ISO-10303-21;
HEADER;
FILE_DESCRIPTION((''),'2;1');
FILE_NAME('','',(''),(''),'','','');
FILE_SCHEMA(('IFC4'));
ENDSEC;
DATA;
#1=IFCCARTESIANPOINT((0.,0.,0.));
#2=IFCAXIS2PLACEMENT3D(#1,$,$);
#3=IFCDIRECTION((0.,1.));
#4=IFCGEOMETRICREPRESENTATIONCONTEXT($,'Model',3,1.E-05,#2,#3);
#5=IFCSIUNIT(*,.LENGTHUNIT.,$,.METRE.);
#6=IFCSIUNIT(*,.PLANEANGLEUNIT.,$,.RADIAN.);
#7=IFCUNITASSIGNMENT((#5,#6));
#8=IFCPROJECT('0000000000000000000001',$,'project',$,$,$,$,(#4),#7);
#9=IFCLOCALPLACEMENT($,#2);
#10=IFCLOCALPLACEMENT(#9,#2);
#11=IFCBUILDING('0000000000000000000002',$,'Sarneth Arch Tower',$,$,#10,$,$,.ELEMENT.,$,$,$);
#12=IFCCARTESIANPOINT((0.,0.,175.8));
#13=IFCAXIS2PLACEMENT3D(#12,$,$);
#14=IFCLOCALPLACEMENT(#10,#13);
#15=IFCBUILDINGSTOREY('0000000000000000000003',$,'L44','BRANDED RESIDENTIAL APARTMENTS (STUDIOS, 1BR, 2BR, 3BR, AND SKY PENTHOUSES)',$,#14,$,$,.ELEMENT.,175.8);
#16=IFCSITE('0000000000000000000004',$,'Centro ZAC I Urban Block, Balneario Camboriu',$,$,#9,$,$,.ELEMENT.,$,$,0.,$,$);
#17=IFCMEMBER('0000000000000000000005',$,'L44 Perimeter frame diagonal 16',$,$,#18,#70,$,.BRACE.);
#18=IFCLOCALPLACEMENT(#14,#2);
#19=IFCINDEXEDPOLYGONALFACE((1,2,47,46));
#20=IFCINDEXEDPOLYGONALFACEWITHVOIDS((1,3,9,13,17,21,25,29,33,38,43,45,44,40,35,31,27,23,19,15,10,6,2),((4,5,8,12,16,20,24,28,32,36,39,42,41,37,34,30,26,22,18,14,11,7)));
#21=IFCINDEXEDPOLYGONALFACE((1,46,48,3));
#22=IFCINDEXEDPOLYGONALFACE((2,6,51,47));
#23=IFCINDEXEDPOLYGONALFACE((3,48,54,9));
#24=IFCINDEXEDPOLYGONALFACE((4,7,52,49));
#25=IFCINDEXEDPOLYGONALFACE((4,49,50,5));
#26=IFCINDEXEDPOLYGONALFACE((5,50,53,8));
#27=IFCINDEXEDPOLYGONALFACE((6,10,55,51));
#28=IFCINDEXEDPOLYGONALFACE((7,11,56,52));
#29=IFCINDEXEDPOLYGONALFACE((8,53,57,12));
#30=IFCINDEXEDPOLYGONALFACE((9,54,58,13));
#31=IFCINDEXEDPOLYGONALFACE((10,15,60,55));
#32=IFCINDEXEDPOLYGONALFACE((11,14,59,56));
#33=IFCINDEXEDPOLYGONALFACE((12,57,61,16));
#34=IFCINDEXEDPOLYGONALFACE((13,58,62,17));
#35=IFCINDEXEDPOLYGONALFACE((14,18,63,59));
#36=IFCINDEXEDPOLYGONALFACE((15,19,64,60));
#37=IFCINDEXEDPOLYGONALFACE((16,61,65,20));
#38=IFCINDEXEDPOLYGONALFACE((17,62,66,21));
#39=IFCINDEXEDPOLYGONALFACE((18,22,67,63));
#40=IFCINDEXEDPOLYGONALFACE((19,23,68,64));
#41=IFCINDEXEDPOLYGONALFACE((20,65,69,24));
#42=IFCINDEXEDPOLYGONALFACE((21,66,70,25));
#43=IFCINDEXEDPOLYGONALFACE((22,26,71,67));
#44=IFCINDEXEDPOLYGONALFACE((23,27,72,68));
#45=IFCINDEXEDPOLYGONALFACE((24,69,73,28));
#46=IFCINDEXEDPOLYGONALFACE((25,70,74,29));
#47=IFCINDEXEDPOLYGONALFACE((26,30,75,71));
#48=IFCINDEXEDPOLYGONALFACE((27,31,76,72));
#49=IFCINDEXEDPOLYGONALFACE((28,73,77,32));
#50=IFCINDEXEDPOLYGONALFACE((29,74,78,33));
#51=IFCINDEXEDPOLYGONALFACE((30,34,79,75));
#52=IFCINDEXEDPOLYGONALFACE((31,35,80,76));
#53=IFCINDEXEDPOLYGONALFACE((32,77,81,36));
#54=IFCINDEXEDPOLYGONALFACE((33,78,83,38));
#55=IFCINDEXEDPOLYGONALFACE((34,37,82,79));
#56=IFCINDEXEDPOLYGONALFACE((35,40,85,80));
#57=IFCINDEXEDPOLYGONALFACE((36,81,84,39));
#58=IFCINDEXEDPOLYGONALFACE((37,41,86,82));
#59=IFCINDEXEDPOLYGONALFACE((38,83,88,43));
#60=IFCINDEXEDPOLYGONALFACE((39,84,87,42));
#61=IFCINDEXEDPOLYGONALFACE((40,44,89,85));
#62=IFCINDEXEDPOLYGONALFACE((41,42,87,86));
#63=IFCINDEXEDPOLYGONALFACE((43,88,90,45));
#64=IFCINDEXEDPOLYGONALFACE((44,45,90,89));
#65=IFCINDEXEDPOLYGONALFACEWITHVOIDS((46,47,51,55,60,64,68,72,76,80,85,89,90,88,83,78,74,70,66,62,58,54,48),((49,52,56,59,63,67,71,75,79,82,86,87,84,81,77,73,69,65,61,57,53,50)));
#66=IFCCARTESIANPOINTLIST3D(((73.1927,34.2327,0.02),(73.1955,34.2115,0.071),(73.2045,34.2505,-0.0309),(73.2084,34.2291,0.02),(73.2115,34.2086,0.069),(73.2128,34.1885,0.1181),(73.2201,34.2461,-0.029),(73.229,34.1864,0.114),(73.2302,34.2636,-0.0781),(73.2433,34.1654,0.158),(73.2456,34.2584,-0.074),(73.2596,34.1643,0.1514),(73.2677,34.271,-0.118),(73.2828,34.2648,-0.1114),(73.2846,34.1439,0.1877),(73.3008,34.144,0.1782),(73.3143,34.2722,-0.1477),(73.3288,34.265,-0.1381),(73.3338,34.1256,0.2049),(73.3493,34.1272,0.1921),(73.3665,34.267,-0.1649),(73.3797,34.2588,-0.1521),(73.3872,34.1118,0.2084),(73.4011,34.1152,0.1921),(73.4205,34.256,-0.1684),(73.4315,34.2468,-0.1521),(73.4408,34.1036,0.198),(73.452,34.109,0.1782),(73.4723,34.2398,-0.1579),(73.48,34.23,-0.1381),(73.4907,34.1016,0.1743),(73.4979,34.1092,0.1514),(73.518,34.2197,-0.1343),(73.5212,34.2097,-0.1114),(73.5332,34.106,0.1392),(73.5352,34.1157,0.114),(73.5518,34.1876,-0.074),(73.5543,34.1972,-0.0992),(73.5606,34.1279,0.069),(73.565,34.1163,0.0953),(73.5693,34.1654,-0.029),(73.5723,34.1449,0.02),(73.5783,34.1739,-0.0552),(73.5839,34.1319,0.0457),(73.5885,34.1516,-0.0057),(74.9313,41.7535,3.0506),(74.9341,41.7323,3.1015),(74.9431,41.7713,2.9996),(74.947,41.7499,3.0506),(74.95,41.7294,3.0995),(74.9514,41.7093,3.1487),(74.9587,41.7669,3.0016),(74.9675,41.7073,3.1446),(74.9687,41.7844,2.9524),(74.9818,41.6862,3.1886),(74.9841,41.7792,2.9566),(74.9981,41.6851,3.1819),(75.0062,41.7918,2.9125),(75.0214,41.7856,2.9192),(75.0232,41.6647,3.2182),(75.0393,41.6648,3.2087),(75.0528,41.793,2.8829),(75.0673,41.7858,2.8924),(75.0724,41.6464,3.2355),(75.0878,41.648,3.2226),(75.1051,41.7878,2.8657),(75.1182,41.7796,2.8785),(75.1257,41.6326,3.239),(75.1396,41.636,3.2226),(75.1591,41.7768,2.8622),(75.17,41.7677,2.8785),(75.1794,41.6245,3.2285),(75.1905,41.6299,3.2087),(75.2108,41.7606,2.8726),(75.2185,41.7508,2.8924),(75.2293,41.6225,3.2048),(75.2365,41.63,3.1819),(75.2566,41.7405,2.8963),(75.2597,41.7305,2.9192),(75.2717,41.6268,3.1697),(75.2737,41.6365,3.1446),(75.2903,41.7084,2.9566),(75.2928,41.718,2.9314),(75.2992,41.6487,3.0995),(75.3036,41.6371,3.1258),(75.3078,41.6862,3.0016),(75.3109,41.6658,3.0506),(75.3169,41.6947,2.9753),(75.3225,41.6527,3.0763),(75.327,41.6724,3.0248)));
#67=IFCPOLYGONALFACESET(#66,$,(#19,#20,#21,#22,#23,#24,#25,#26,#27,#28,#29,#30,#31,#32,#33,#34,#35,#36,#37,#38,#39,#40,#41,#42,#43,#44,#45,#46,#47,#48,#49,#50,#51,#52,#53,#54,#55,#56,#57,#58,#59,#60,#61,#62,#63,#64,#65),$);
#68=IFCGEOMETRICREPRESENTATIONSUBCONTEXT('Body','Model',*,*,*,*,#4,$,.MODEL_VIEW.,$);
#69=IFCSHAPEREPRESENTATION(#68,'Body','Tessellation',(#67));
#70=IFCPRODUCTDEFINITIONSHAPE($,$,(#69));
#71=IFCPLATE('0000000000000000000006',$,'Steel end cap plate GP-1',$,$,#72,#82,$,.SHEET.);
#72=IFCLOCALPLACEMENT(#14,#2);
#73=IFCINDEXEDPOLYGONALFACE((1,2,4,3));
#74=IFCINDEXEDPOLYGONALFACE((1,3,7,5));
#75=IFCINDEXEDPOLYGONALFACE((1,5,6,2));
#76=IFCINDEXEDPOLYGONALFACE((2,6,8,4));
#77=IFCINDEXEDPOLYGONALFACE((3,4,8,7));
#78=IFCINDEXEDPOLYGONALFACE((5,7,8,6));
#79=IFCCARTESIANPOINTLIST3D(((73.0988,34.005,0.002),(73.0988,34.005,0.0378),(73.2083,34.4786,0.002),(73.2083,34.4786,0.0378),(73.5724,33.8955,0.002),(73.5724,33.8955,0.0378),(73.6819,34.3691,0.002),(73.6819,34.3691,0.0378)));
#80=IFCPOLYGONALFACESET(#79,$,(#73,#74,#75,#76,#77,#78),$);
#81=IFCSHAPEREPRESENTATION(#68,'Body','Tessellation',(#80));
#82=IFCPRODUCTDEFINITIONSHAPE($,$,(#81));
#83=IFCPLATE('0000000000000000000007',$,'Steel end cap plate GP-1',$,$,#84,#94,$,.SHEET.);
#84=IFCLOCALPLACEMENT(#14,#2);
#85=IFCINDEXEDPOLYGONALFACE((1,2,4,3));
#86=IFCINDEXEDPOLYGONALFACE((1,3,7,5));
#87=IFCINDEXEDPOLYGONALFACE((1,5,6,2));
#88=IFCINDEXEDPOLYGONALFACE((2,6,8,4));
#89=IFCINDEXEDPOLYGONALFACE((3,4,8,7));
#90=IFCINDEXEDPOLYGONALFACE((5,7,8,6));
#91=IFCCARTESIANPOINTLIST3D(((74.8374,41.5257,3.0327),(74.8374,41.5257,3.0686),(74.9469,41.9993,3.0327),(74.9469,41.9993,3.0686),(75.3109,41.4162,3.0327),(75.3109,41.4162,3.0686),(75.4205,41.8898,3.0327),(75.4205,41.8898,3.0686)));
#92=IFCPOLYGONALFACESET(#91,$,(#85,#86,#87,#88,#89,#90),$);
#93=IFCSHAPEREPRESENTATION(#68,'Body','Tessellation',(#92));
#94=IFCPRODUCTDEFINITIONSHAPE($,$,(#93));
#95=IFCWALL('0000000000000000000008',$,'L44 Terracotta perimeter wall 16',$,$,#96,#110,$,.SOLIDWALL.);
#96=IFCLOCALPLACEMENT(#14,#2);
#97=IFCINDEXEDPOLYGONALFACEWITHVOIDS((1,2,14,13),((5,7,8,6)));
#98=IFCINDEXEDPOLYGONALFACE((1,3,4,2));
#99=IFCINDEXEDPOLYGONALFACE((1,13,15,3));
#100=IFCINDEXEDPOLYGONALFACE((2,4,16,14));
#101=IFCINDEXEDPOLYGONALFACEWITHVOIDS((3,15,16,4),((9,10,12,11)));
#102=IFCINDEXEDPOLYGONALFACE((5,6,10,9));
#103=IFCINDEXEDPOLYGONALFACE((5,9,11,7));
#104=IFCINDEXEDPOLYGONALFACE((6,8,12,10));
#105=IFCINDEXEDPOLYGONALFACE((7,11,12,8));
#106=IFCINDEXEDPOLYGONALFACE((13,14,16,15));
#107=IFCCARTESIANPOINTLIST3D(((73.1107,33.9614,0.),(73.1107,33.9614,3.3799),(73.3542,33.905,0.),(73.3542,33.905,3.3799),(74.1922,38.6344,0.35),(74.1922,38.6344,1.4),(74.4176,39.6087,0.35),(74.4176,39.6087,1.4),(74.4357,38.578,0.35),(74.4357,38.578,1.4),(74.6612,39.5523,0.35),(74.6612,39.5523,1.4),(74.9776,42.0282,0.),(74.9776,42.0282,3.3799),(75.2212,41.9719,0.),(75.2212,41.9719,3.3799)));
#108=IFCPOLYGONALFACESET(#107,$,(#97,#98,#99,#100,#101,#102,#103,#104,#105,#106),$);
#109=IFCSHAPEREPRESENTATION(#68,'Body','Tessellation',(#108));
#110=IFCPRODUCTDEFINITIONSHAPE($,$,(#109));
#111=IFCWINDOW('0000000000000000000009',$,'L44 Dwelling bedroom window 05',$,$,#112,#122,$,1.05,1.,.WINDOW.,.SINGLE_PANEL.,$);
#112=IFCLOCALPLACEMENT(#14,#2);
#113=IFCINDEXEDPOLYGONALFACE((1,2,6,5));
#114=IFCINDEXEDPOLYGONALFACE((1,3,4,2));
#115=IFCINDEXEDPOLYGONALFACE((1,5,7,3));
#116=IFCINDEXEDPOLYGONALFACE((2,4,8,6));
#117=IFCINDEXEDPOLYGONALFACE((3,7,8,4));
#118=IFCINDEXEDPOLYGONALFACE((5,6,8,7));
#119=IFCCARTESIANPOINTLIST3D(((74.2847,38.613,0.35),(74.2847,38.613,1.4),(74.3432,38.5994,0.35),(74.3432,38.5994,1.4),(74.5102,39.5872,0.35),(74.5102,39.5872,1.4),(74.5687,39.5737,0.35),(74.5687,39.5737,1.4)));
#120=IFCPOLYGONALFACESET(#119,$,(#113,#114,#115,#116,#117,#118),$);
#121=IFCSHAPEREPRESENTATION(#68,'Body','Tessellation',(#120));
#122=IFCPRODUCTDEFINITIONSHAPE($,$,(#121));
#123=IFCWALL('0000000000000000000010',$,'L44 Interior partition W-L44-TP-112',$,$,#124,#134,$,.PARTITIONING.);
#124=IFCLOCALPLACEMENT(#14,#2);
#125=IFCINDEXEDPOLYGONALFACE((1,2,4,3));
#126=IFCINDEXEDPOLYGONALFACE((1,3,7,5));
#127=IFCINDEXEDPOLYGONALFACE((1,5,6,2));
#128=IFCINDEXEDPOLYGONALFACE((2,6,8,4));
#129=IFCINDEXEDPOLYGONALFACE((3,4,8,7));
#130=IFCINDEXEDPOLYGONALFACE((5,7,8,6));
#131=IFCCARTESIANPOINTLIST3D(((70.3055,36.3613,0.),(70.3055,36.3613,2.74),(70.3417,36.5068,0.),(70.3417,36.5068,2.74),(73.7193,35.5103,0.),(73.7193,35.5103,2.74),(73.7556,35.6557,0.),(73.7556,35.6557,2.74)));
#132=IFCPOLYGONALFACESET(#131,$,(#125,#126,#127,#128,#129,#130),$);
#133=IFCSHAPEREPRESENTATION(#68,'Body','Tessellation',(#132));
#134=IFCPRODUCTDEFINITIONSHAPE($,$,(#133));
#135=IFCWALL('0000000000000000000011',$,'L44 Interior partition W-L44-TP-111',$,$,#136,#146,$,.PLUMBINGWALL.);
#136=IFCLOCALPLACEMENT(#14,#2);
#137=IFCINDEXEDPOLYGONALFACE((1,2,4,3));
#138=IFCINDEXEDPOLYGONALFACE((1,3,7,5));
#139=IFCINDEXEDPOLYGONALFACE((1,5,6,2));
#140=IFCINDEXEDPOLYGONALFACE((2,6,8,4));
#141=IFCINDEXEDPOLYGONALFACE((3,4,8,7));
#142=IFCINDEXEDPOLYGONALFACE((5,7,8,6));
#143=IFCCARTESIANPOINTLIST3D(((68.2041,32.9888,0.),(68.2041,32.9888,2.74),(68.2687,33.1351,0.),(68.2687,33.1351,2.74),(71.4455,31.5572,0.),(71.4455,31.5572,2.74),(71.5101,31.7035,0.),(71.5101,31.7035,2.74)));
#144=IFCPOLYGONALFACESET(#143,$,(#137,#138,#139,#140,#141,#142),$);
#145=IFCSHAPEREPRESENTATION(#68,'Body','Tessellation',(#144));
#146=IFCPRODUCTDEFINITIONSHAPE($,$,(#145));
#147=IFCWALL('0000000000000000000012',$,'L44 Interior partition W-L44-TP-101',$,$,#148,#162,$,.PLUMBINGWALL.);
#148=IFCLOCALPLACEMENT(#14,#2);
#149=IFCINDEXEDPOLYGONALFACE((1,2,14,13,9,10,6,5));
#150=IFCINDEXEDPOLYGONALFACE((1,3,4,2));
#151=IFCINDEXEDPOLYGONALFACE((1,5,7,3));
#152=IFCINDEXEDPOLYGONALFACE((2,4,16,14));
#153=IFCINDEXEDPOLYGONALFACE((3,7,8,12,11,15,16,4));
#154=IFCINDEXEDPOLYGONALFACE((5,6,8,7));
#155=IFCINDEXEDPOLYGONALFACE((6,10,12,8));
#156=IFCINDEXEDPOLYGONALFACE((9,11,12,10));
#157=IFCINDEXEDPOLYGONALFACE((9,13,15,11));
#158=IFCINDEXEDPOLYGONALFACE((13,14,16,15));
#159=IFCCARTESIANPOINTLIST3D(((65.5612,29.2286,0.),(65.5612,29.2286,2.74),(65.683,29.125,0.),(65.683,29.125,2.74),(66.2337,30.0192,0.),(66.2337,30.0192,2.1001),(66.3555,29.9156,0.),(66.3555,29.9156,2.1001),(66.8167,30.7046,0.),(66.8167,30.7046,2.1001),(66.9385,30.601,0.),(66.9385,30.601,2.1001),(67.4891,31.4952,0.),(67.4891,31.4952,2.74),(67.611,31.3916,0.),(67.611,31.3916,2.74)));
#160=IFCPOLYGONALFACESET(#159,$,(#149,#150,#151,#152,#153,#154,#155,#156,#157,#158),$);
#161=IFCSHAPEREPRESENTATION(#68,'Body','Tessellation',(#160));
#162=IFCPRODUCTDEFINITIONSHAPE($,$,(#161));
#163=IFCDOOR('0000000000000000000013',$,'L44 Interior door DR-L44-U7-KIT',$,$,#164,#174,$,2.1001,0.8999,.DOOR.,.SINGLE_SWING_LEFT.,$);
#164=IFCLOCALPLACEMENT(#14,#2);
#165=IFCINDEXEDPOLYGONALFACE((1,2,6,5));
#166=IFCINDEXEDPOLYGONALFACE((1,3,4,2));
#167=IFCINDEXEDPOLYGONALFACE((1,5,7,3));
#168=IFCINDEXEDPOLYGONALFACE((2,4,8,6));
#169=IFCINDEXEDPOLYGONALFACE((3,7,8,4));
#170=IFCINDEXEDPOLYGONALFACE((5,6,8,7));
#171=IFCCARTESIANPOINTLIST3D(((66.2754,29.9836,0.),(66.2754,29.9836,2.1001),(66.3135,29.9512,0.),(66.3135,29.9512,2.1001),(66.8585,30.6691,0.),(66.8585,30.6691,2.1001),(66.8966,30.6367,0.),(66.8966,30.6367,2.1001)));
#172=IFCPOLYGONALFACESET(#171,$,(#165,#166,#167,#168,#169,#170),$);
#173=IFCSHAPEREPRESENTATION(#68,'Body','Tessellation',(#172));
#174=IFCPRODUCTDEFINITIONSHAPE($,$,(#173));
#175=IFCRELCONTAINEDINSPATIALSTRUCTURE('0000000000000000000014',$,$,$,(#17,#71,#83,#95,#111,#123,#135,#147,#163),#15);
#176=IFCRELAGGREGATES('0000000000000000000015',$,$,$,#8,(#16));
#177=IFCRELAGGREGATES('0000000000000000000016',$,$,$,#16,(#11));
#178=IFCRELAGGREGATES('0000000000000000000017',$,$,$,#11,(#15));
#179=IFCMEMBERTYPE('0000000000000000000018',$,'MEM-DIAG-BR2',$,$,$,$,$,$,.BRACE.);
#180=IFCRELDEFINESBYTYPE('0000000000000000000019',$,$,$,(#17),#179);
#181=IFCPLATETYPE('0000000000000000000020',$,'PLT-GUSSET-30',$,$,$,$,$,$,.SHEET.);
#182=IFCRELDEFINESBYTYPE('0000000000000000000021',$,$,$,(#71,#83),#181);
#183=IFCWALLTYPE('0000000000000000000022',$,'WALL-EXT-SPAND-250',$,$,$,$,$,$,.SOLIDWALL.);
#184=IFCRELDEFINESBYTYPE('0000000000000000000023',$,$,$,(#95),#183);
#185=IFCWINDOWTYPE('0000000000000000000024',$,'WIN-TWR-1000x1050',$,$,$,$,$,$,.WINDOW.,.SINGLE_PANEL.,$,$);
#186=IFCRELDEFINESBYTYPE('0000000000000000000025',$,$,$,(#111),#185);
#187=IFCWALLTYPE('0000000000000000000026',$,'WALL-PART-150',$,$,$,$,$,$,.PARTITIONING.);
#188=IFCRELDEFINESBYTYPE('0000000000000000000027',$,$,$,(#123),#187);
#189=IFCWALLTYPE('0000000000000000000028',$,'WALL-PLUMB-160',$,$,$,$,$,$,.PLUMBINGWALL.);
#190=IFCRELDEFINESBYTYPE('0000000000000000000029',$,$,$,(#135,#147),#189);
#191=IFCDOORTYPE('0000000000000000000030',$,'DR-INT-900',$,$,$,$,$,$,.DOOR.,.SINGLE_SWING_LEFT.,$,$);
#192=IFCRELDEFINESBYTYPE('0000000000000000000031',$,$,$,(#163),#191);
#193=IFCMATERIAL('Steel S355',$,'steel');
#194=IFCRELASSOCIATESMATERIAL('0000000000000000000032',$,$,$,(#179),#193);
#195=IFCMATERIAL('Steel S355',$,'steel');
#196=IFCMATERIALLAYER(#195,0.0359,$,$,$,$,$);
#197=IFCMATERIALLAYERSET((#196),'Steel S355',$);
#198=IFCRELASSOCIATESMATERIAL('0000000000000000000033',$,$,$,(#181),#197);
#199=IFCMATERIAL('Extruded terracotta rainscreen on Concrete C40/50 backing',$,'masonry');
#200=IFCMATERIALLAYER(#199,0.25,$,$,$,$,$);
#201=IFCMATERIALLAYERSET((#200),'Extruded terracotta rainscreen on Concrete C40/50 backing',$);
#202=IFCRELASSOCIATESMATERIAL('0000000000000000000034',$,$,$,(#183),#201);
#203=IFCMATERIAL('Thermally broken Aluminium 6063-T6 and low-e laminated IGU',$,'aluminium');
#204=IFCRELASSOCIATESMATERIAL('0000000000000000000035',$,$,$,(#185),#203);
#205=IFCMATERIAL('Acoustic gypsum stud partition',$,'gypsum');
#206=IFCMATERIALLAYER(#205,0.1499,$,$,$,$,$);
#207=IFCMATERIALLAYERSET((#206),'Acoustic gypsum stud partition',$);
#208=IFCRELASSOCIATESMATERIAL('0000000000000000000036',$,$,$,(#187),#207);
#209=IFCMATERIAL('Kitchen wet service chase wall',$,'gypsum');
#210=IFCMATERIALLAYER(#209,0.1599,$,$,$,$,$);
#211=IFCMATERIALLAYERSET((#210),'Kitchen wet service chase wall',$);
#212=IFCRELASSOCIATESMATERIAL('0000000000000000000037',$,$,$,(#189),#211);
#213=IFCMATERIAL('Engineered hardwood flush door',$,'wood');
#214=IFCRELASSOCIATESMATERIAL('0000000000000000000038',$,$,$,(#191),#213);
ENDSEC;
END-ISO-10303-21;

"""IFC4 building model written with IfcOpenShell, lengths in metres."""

from ifc_helpers import new_model, si_unit, direction, frame, frame_2d, origin, origin_2d, place, context, subcontext, project, spatial, rectangle, hollow_circle, extrude, material, layer, layer_set, material_profile, profile_set, type_object, element, fill, save


model = new_model("IFC4")

# Units and contexts
model_context = context("Model", 3, precision=1e-05, world=origin(), true_north=direction((0.0, 1.0)))
body_context = subcontext(model_context, "Body", "Model", "MODEL_VIEW")
ifc_project = project(units=[si_unit("LENGTHUNIT", "METRE"), si_unit("PLANEANGLEUNIT", "RADIAN")], contexts=[model_context])

# Site, building, storey
site_placement = place(None, origin())
site = spatial("IfcSite", under=ifc_project, at=site_placement, Name="Centro ZAC I Urban Block, Balneario Camboriu", CompositionType="ELEMENT", RefElevation=0.0)
building_placement = place(site_placement, origin())
building = spatial("IfcBuilding", under=site, at=building_placement, Name="Sarneth Arch Tower", CompositionType="ELEMENT")
storey_placement = place(building_placement, frame((0.0, 0.0, 175.8)))
storey = spatial("IfcBuildingStorey", under=building, at=storey_placement, Name="L44", Description="BRANDED RESIDENTIAL APARTMENTS (STUDIOS, 1BR, 2BR, 3BR, AND SKY PENTHOUSES)", CompositionType="ELEMENT", Elevation=175.8)

# Member
ifc_material_1 = material(Name="Steel S355", Category="steel")
ifc_material_profile_1 = material_profile(ifc_material_1, hollow_circle(Radius=0.2029, WallThickness=0.0161, at=origin_2d()), Name="CHS406x16")
ifc_profile_set_1 = profile_set([ifc_material_profile_1], Name="Steel S355")
member_type_1 = type_object("IfcMemberType", Name="MEM-DIAG-BR2", PredefinedType="BRACE", material=ifc_profile_set_1)
member_1_placement = place(storey_placement, frame((73.3904, 34.187, 0.02), z_axis=(0.209646, 0.906917, 0.365446), x_axis=(-0.974307, 0.225224, 0.0)))
element("IfcMember", 1, at=member_1_placement, inside=storey, type_object=member_type_1, Name="L44 Perimeter frame diagonal 16", PredefinedType="BRACE", context=body_context, shape_type="SweptSolid", body=[
    extrude(hollow_circle(Radius=0.2029, WallThickness=0.0161, at=origin_2d()), origin(), (0.0, 0.0, 1.0), 8.2927),
])

# Plates
ifc_material_2 = material(Name="Steel S355", Category="steel")
ifc_layer_1 = layer(ifc_material_2, 0.0359)
ifc_layer_set_1 = layer_set([ifc_layer_1], Name="Steel S355")
plate_type = type_object("IfcPlateType", Name="PLT-GUSSET-30", PredefinedType="SHEET", material=ifc_layer_set_1)
for number, where, z_axis, x_axis, name in (
    (2, (73.3904, 34.187, 0.002), (0.0, 0.0, 1.0), (0.225291, 0.974291, 0.0), "Steel end cap plate GP-1"),
    (3, (75.1289, 41.7078, 3.0327), (0.0, 0.0, 1.0), (0.225291, 0.974291, 0.0), "Steel end cap plate GP-1"),
):
    element("IfcPlate", number, at=place(storey_placement, frame(where, z_axis=z_axis, x_axis=x_axis)), inside=storey, type_object=plate_type, Name=name, PredefinedType="SHEET", context=body_context, shape_type="SweptSolid", body=[
        extrude(rectangle(XDim=0.4861, YDim=0.4861, at=origin_2d()), origin(), (0.0, 0.0, 1.0), 0.0359),
    ])

# Wall, opening, window
ifc_material_3 = material(Name="Extruded terracotta rainscreen on Concrete C40/50 backing", Category="masonry")
ifc_layer_2 = layer(ifc_material_3, 0.25)
ifc_layer_set_2 = layer_set([ifc_layer_2], Name="Extruded terracotta rainscreen on Concrete C40/50 backing")
wall_type_1 = type_object("IfcWallType", Name="WALL-EXT-SPAND-250", PredefinedType="SOLIDWALL", material=ifc_layer_set_2)
wall_1_placement = place(storey_placement, frame((73.2324, 33.9331, 0.0), z_axis=(0.0, 0.0, 1.0), x_axis=(0.225473, 0.974249, 0.0)))
wall_1 = element("IfcWall", 4, at=wall_1_placement, inside=storey, type_object=wall_type_1, Name="L44 Terracotta perimeter wall 16", PredefinedType="SOLIDWALL", context=body_context, shape_type="SweptSolid", body=[
    extrude(rectangle(XDim=8.28, YDim=0.25, at=frame_2d((4.1401, 0.0))), origin(), (0.0, 0.0, 1.0), 3.3799),
])
opening_1_placement = place(wall_1_placement, frame((4.7966, 0.0, 0.3501)))
opening_1 = element("IfcOpeningElement", 5, at=opening_1_placement, cuts=wall_1, PredefinedType="OPENING", context=body_context, shape_type="SweptSolid", body=[
    extrude(rectangle(XDim=1.0, YDim=1.05, at=frame_2d((0.5, 0.5249))), frame((0.0, 0.135, 0.0), z_axis=(0.0, -1.0, 0.0), x_axis=(1.0, 0.0, 0.0)), (0.0, 0.0, 1.0), 0.27),
])
ifc_material_4 = material(Name="Thermally broken Aluminium 6063-T6 and low-e laminated IGU", Category="aluminium")
window_type = type_object("IfcWindowType", Name="WIN-TWR-1000x1050", PartitioningType="SINGLE_PANEL", PredefinedType="WINDOW", material=ifc_material_4)
window_placement = place(opening_1_placement, origin())
window = element("IfcWindow", 6, at=window_placement, inside=storey, type_object=window_type, Name="L44 Dwelling bedroom window 05", OverallHeight=1.05, OverallWidth=1.0, PartitioningType="SINGLE_PANEL", PredefinedType="WINDOW", context=body_context, shape_type="SweptSolid", body=[
    extrude(rectangle(XDim=1.0, YDim=1.05, at=frame_2d((0.5, 0.5249))), frame((0.0, 0.03, 0.0), z_axis=(0.0, -1.0, 0.0), x_axis=(1.0, 0.0, 0.0)), (0.0, 0.0, 1.0), 0.0601),
])
fill(opening_1, window)

# Walls
ifc_material_5 = material(Name="Acoustic gypsum stud partition", Category="gypsum")
ifc_layer_3 = layer(ifc_material_5, 0.1499)
ifc_layer_set_3 = layer_set([ifc_layer_3], Name="Acoustic gypsum stud partition")
wall_type_2 = type_object("IfcWallType", Name="WALL-PART-150", PredefinedType="PARTITIONING", material=ifc_layer_set_3)
wall_2_placement = place(storey_placement, frame((70.3235, 36.4341, 0.0), z_axis=(0.0, 0.0, 1.0), x_axis=(0.970301, -0.241899, 0.0)))
element("IfcWall", 7, at=wall_2_placement, inside=storey, type_object=wall_type_2, Name="L44 Interior partition W-L44-TP-112", PredefinedType="PARTITIONING", context=body_context, shape_type="SweptSolid", body=[
    extrude(rectangle(XDim=3.5183, YDim=0.1499, at=frame_2d((1.7593, 0.0))), origin(), (0.0, 0.0, 1.0), 2.74),
])
ifc_material_6 = material(Name="Kitchen wet service chase wall", Category="gypsum")
ifc_layer_4 = layer(ifc_material_6, 0.1599)
ifc_layer_set_4 = layer_set([ifc_layer_4], Name="Kitchen wet service chase wall")
wall_type_3 = type_object("IfcWallType", Name="WALL-PLUMB-160", PredefinedType="PLUMBINGWALL", material=ifc_layer_set_4)
wall_3_placement = place(storey_placement, frame((71.4778, 31.6304, 0.0), z_axis=(0.0, 0.0, 1.0), x_axis=(-0.914752, 0.404015, 0.0)))
element("IfcWall", 8, at=wall_3_placement, inside=storey, type_object=wall_type_3, Name="L44 Interior partition W-L44-TP-111", PredefinedType="PLUMBINGWALL", context=body_context, shape_type="SweptSolid", body=[
    extrude(rectangle(XDim=3.5435, YDim=0.1599, at=frame_2d((1.7717, 0.0))), origin(), (0.0, 0.0, 1.0), 2.74),
])

# Wall, opening, door
wall_4_placement = place(storey_placement, frame((67.55, 31.4434, 0.0), z_axis=(0.0, 0.0, 1.0), x_axis=(-0.647915, -0.761713, 0.0)))
wall_4 = element("IfcWall", 9, at=wall_4_placement, inside=storey, type_object=wall_type_3, Name="L44 Interior partition W-L44-TP-101", PredefinedType="PLUMBINGWALL", context=body_context, shape_type="SweptSolid", body=[
    extrude(rectangle(XDim=2.9756, YDim=0.1599, at=frame_2d((1.4878, 0.0))), origin(), (0.0, 0.0, 1.0), 2.74),
])
opening_2_placement = place(wall_4_placement, frame((1.0378, 0.0, 0.0)))
opening_2 = element("IfcOpeningElement", 10, at=opening_2_placement, cuts=wall_4, PredefinedType="OPENING", context=body_context, shape_type="SweptSolid", body=[
    extrude(rectangle(XDim=0.8999, YDim=2.1001, at=frame_2d((0.45, 1.05))), frame((0.0, 0.0898, 0.0), z_axis=(0.0, -1.0, 0.0), x_axis=(1.0, 0.0, 0.0)), (0.0, 0.0, 1.0), 0.1799),
])
ifc_material_7 = material(Name="Engineered hardwood flush door", Category="wood")
door_type_1 = type_object("IfcDoorType", Name="DR-INT-900", OperationType="SINGLE_SWING_LEFT", PredefinedType="DOOR", material=ifc_material_7)
door_1_placement = place(opening_2_placement, origin())
door_1 = element("IfcDoor", 11, at=door_1_placement, inside=storey, type_object=door_type_1, Name="L44 Interior door DR-L44-U7-KIT", OperationType="SINGLE_SWING_LEFT", OverallHeight=2.1001, OverallWidth=0.8999, PredefinedType="DOOR", context=body_context, shape_type="SweptSolid", body=[
    extrude(rectangle(XDim=0.8999, YDim=2.1001, at=frame_2d((0.45, 1.05))), frame((0.0, 0.0249, 0.0), z_axis=(0.0, -1.0, 0.0), x_axis=(1.0, 0.0, 0.0)), (0.0, 0.0, 1.0), 0.05),
])
fill(opening_2, door_1)

save(model, "model.ifc")
